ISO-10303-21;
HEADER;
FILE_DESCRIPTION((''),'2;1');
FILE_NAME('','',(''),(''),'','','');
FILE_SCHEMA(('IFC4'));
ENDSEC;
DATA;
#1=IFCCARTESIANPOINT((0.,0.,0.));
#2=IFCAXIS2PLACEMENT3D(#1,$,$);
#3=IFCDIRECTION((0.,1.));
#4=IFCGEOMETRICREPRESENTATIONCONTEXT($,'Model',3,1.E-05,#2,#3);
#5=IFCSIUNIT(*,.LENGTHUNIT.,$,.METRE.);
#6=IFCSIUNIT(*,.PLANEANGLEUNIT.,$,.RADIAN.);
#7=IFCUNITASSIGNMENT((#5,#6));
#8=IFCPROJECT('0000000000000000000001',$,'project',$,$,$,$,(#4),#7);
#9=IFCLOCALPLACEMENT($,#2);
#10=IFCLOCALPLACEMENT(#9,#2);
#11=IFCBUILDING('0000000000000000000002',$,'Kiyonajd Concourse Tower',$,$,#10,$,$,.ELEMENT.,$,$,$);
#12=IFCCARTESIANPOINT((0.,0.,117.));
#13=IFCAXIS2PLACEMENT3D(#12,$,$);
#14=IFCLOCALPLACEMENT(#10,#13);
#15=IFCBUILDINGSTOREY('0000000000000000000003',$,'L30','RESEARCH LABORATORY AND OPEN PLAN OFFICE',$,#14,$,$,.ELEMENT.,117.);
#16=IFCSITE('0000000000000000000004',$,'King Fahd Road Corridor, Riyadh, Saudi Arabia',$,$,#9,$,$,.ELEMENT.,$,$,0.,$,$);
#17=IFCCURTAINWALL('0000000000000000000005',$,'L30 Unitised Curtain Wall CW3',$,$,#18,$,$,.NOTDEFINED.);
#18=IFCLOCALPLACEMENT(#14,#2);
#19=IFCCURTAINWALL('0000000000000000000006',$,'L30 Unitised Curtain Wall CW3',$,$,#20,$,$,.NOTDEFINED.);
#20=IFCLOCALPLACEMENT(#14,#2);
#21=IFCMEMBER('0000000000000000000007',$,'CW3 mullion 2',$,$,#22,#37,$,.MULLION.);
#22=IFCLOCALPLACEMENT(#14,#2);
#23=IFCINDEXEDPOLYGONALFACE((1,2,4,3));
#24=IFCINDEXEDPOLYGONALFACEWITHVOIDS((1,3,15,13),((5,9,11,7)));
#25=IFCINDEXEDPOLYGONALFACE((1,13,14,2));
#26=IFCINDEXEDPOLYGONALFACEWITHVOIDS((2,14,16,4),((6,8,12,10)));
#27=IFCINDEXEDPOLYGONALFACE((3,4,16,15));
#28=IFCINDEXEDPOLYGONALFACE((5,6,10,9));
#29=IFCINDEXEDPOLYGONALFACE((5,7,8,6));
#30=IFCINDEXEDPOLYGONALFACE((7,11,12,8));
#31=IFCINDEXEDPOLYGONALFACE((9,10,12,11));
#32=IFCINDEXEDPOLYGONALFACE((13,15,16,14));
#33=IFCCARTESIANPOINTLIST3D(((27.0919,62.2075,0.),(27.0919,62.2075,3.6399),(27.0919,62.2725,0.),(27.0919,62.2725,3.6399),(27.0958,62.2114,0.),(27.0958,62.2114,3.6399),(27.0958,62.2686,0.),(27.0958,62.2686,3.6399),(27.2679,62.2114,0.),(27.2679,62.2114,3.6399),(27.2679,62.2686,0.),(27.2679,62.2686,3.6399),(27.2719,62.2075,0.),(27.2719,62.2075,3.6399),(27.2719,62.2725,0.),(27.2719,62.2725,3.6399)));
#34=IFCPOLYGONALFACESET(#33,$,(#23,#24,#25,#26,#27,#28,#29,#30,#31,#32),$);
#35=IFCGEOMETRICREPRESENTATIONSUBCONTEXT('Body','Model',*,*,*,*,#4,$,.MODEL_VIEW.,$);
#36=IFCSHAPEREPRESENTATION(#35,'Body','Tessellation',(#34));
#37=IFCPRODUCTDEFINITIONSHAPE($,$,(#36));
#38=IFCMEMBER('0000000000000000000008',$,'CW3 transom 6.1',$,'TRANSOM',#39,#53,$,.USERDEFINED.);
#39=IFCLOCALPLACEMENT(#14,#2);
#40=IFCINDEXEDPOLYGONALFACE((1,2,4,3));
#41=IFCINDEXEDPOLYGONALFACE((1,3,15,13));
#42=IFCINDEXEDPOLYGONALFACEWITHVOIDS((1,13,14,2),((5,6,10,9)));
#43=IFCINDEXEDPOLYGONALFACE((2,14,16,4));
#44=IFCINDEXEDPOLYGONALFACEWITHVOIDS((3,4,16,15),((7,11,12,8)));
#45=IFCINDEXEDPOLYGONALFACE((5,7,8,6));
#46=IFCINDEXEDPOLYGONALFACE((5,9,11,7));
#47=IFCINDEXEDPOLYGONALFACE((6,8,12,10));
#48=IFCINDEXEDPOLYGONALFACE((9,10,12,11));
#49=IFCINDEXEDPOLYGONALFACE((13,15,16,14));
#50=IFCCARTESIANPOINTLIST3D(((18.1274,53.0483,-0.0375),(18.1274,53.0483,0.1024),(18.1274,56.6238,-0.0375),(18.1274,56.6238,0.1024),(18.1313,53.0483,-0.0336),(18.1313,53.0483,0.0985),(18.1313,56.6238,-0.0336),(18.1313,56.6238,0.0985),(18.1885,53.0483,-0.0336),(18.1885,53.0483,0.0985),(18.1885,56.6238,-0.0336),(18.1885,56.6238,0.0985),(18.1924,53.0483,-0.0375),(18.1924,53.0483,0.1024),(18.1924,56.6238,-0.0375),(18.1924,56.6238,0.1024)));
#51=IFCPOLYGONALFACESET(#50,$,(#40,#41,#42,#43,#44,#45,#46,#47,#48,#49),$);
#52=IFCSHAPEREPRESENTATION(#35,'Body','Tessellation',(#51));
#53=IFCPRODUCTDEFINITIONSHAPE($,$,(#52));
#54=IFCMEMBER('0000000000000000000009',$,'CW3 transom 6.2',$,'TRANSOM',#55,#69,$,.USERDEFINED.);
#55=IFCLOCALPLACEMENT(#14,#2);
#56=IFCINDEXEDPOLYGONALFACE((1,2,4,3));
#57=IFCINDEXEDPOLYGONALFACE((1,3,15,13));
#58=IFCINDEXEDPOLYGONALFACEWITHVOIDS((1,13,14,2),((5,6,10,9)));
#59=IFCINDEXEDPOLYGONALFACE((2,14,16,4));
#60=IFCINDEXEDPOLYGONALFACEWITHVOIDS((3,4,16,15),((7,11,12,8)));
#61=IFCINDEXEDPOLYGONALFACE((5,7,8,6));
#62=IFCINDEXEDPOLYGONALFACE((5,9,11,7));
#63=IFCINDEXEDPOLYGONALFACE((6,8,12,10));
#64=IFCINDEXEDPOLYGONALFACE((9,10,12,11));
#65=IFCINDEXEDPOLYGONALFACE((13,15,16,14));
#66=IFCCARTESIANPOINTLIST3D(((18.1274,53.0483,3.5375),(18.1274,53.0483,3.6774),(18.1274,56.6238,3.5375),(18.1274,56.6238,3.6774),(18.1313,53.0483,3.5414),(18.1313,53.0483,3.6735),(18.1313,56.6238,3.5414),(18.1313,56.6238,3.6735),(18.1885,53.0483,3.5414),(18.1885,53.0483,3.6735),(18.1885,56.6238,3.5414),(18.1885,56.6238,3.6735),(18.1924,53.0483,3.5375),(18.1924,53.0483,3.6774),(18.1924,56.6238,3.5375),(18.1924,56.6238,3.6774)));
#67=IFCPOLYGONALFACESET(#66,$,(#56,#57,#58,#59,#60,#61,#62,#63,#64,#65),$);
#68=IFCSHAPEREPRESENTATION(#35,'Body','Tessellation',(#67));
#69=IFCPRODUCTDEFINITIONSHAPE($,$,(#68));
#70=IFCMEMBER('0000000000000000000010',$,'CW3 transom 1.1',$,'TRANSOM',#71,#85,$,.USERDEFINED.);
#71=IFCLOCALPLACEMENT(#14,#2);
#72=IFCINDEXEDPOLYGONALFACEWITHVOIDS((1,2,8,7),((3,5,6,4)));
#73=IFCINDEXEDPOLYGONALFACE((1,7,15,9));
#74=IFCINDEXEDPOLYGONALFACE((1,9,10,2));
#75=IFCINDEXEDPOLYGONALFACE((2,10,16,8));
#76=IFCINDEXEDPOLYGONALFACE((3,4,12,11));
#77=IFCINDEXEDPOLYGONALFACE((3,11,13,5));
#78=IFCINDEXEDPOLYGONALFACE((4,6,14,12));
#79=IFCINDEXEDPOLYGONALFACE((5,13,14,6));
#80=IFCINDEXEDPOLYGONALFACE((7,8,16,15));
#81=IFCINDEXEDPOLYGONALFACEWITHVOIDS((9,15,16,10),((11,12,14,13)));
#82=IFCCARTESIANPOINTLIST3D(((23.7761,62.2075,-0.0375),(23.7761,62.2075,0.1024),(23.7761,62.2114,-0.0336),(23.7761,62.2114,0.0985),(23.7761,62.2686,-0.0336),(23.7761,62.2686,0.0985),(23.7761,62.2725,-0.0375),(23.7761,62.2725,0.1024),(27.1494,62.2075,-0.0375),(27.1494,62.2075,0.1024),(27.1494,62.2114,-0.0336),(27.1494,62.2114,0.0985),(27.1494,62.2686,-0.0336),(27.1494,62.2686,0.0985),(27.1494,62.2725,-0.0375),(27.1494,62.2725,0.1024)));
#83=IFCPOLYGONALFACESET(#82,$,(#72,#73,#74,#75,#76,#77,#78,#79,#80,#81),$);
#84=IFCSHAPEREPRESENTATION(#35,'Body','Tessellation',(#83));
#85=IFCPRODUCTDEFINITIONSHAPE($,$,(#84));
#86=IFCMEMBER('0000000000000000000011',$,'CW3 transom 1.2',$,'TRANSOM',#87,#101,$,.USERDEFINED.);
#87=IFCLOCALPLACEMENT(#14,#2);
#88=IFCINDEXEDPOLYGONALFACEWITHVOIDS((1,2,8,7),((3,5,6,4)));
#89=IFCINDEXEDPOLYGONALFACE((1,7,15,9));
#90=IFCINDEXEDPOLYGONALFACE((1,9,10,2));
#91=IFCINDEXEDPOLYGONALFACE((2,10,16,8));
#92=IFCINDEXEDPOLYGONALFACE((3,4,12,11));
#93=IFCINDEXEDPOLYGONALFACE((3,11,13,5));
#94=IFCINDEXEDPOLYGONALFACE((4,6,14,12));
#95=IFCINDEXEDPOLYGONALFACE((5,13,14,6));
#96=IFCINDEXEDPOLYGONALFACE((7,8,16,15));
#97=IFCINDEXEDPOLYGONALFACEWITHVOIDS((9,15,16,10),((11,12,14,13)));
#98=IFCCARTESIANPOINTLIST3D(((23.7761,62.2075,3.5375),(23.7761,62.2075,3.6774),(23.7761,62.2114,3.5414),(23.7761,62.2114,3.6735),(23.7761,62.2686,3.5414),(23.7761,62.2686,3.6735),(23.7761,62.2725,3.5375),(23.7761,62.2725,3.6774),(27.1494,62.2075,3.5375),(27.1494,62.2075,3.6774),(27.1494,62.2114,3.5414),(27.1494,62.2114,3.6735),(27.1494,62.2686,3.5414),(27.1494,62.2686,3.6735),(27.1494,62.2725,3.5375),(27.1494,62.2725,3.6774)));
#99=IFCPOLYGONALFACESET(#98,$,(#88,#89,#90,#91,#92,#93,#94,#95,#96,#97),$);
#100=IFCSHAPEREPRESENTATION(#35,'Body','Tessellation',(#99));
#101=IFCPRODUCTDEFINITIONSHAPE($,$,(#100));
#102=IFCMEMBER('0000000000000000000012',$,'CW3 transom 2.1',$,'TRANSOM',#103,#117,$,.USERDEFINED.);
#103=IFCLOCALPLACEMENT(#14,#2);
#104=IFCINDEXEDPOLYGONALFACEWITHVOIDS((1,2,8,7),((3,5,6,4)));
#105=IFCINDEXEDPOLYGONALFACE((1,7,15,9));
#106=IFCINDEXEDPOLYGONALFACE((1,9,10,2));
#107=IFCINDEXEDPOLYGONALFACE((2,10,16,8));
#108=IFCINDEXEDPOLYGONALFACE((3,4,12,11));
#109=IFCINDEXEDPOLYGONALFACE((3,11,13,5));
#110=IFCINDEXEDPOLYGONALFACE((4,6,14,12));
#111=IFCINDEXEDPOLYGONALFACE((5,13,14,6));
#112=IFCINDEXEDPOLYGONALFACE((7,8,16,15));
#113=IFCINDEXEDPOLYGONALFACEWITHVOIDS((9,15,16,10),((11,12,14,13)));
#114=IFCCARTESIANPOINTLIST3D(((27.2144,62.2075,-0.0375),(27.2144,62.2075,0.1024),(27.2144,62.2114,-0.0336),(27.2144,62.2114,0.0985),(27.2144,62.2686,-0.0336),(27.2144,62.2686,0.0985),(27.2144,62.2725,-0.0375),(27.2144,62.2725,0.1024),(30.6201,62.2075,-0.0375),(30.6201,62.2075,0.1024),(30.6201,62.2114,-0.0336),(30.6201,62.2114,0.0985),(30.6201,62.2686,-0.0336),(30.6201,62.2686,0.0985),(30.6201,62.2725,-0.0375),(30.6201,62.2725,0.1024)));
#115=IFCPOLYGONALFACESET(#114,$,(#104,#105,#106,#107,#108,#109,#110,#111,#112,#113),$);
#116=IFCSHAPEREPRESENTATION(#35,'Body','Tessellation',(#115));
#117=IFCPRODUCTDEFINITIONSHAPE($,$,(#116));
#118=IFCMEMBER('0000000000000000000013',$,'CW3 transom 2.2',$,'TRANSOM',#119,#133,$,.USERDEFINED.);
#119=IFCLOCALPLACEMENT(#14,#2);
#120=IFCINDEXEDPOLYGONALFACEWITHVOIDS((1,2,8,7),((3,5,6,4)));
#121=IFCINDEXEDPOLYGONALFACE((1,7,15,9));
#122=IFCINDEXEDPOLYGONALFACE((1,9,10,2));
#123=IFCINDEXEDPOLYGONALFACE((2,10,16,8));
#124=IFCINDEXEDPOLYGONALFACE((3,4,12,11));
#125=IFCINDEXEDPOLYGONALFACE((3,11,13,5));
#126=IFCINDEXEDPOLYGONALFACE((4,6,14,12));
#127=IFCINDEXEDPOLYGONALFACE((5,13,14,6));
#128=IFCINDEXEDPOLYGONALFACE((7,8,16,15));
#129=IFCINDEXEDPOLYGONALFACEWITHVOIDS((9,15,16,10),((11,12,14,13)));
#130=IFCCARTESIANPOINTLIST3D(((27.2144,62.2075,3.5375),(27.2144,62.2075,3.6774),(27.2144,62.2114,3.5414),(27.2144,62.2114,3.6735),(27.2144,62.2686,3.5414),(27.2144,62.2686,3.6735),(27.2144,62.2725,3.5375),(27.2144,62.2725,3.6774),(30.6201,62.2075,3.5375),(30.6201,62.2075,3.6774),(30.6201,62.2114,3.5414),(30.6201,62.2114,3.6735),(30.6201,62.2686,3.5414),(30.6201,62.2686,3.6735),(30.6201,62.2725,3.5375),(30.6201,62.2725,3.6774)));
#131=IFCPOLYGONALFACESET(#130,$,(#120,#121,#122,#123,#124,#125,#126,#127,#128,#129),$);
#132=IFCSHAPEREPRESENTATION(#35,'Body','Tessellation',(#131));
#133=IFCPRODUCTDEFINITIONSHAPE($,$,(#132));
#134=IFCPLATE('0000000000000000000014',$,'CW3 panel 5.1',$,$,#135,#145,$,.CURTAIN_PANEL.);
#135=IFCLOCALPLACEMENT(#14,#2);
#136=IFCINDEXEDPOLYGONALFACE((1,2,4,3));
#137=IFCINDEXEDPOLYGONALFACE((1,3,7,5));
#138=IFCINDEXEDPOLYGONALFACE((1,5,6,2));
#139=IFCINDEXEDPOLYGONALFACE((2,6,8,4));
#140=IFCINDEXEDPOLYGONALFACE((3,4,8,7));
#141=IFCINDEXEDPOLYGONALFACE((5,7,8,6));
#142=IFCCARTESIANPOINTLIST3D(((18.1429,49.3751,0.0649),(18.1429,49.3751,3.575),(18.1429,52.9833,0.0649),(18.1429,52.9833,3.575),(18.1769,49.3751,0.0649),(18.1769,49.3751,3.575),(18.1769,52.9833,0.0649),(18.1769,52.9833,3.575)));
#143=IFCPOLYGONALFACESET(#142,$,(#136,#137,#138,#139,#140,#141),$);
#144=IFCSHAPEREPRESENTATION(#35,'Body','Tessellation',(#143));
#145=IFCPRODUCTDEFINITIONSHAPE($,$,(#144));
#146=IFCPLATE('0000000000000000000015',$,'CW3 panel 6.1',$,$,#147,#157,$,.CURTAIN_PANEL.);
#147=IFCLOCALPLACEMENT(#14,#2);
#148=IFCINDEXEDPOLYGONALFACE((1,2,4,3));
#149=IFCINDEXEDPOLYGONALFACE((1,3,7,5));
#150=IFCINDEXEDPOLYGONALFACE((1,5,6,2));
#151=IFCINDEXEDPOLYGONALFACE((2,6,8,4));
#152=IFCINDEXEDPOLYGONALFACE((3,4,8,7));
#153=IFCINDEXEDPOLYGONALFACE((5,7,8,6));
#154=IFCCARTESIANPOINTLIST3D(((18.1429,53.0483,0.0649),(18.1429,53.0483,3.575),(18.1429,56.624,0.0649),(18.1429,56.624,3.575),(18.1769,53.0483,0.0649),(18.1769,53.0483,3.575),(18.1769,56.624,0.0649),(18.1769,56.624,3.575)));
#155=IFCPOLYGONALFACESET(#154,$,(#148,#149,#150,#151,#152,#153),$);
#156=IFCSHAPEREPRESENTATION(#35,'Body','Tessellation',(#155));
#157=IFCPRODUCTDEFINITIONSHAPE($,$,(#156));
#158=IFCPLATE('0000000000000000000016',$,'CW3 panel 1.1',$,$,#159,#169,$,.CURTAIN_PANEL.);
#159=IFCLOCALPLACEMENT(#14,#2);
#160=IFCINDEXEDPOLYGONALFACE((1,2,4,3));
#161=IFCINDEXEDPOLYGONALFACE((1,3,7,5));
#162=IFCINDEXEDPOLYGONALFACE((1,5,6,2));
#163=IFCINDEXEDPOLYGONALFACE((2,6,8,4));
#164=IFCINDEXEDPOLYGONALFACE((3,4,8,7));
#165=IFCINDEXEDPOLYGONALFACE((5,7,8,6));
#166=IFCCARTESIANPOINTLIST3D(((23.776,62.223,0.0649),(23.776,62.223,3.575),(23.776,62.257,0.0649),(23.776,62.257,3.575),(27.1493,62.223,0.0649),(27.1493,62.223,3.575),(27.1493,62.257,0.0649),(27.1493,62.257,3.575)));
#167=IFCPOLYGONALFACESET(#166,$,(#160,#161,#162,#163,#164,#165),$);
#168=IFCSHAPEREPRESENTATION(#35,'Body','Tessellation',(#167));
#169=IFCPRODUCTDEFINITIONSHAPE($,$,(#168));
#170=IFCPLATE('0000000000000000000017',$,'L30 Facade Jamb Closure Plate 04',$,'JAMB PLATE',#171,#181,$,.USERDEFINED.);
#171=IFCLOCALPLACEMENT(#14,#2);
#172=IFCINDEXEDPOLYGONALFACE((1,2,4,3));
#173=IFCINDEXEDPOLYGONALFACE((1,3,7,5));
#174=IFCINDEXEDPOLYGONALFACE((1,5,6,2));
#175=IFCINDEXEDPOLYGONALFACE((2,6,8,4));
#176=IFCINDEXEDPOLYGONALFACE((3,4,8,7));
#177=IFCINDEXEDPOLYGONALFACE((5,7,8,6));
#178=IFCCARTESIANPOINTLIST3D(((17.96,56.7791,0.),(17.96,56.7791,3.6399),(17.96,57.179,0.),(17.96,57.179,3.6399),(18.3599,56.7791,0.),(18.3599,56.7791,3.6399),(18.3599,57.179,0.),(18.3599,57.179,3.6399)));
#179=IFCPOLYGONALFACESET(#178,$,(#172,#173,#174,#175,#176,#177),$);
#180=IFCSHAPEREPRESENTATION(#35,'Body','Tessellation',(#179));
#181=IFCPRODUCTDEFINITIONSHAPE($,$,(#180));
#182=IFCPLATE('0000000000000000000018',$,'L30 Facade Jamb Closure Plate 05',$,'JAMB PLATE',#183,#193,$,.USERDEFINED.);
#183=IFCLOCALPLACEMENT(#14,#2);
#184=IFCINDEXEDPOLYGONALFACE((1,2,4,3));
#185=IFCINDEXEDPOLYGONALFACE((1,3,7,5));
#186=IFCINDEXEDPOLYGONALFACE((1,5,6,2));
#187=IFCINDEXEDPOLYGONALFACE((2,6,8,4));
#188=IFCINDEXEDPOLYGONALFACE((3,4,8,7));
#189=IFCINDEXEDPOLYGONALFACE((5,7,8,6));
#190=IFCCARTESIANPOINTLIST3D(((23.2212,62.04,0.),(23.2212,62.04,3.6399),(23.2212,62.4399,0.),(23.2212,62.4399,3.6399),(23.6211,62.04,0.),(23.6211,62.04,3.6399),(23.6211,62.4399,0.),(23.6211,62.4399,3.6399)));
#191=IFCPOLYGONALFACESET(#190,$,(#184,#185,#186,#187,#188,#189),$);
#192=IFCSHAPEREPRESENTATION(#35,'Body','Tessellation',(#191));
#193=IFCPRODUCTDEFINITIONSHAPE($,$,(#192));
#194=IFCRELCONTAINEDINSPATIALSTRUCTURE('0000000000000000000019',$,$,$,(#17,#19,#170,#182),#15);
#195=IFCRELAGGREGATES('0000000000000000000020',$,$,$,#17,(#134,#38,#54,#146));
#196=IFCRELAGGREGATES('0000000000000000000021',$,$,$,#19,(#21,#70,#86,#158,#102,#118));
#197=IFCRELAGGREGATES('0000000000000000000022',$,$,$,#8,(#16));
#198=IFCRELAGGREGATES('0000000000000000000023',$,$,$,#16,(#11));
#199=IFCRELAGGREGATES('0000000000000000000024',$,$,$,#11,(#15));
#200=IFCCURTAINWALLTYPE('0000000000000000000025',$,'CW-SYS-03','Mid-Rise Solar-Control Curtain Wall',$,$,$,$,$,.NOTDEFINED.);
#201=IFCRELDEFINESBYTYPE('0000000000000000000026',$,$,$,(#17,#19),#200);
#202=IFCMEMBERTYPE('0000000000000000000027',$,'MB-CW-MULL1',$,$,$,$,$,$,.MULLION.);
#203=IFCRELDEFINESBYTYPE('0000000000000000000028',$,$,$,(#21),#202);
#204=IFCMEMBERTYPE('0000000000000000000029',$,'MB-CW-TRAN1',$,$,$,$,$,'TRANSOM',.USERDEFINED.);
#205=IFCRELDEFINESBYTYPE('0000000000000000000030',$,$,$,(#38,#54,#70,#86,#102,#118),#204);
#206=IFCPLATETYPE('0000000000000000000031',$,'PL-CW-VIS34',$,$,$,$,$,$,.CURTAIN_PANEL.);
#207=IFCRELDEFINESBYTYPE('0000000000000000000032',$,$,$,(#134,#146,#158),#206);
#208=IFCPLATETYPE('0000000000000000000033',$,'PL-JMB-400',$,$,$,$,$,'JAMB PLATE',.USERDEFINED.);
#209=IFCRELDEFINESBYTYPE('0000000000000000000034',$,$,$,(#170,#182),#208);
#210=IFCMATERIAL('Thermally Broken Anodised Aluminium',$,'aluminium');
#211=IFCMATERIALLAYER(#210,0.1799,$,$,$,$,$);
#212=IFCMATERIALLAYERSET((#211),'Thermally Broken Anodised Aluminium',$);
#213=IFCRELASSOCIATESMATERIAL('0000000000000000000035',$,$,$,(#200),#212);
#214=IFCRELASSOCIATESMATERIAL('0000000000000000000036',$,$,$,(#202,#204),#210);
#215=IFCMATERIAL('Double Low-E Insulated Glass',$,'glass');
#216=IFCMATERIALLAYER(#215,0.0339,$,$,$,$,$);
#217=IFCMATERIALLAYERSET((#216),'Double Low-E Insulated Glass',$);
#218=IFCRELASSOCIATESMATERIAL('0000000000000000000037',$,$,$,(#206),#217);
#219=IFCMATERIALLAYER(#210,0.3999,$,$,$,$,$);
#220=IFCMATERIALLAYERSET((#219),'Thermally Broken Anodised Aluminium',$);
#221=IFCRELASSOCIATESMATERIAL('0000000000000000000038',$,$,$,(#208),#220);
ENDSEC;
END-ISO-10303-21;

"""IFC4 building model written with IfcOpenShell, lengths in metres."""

from ifc_helpers import new_model, si_unit, direction, frame, origin, origin_2d, place, context, subcontext, project, spatial, rectangle, hollow_rectangle, extrude, material, layer, layer_set, material_profile, profile_set, type_object, element, aggregate, save


model = new_model("IFC4")

# Units and contexts
model_context = context("Model", 3, precision=1e-05, world=origin(), true_north=direction((0.0, 1.0)))
body_context = subcontext(model_context, "Body", "Model", "MODEL_VIEW")
ifc_project = project(units=[si_unit("LENGTHUNIT", "METRE"), si_unit("PLANEANGLEUNIT", "RADIAN")], contexts=[model_context])

# Site, building, storey
site_placement = place(None, origin())
site = spatial("IfcSite", under=ifc_project, at=site_placement, Name="King Fahd Road Corridor, Riyadh, Saudi Arabia", CompositionType="ELEMENT", RefElevation=0.0)
building_placement = place(site_placement, origin())
building = spatial("IfcBuilding", under=site, at=building_placement, Name="Kiyonajd Concourse Tower", CompositionType="ELEMENT")
storey_placement = place(building_placement, frame((0.0, 0.0, 117.0)))
storey = spatial("IfcBuildingStorey", under=building, at=storey_placement, Name="L30", Description="RESEARCH LABORATORY AND OPEN PLAN OFFICE", CompositionType="ELEMENT", Elevation=117.0)

# Curtain walls, member
ifc_material_1 = material(Name="Thermally Broken Anodised Aluminium", Category="aluminium")
ifc_layer_1 = layer(ifc_material_1, 0.1799)
ifc_layer_set_1 = layer_set([ifc_layer_1], Name="Thermally Broken Anodised Aluminium")
curtain_wall_type = type_object("IfcCurtainWallType", Name="CW-SYS-03", Description="Mid-Rise Solar-Control Curtain Wall", PredefinedType="NOTDEFINED", material=ifc_layer_set_1)
curtain_wall_1_placement = place(storey_placement, origin())
curtain_wall_1 = element("IfcCurtainWall", 1, at=curtain_wall_1_placement, inside=storey, type_object=curtain_wall_type, Name="L30 Unitised Curtain Wall CW3", PredefinedType="NOTDEFINED")
ifc_material_profile_1 = material_profile(ifc_material_1, hollow_rectangle(XDim=0.0649, YDim=0.1799, WallThickness=0.0039, at=origin_2d()), Name="MULL-65x180")
ifc_profile_set_1 = profile_set([ifc_material_profile_1], Name="Thermally Broken Anodised Aluminium")
member_type_1 = type_object("IfcMemberType", Name="MB-CW-MULL1", PredefinedType="MULLION", material=ifc_profile_set_1)
curtain_wall_2_placement = place(storey_placement, origin())
curtain_wall_2 = element("IfcCurtainWall", 2, at=curtain_wall_2_placement, inside=storey, type_object=curtain_wall_type, Name="L30 Unitised Curtain Wall CW3", PredefinedType="NOTDEFINED")
member_1_placement = place(storey_placement, frame((27.1819, 62.24, 0.0), z_axis=(0.0, 0.0, 1.0), x_axis=(0.0, 1.0, 0.0)))
member_1 = element("IfcMember", 3, at=member_1_placement, type_object=member_type_1, Name="CW3 mullion 2", PredefinedType="MULLION", context=body_context, shape_type="SweptSolid", body=[
    extrude(hollow_rectangle(XDim=0.0649, YDim=0.1799, WallThickness=0.0039, at=origin_2d()), origin(), (0.0, 0.0, 1.0), 3.6399),
])

# Members
ifc_material_profile_2 = material_profile(ifc_material_1, hollow_rectangle(XDim=0.0649, YDim=0.1399, WallThickness=0.0039, at=origin_2d()), Name="TRAN-65x140")
ifc_profile_set_2 = profile_set([ifc_material_profile_2], Name="Thermally Broken Anodised Aluminium")
member_type_2 = type_object("IfcMemberType", Name="MB-CW-TRAN1", ElementType="TRANSOM", PredefinedType="USERDEFINED", material=ifc_profile_set_2)
member_2_placement = place(storey_placement, frame((18.1599, 53.0483, 0.0325), z_axis=(0.0, 1.0, 0.0), x_axis=(-1.0, 0.0, 0.0)))
member_2 = element("IfcMember", 4, at=member_2_placement, type_object=member_type_2, Name="CW3 transom 6.1", ObjectType="TRANSOM", PredefinedType="USERDEFINED", context=body_context, shape_type="SweptSolid", body=[
    extrude(hollow_rectangle(XDim=0.0649, YDim=0.1399, WallThickness=0.0039, at=origin_2d()), origin(), (0.0, 0.0, 1.0), 3.5754),
])
member_3_placement = place(storey_placement, frame((18.1599, 53.0483, 3.6074), z_axis=(0.0, 1.0, 0.0), x_axis=(-1.0, 0.0, 0.0)))
member_3 = element("IfcMember", 5, at=member_3_placement, type_object=member_type_2, Name="CW3 transom 6.2", ObjectType="TRANSOM", PredefinedType="USERDEFINED", context=body_context, shape_type="SweptSolid", body=[
    extrude(hollow_rectangle(XDim=0.0649, YDim=0.1399, WallThickness=0.0039, at=origin_2d()), origin(), (0.0, 0.0, 1.0), 3.5754),
])
member_4_placement = place(storey_placement, frame((23.7761, 62.24, 0.0325), z_axis=(1.0, 0.0, 0.0), x_axis=(0.0, 1.0, 0.0)))
member_4 = element("IfcMember", 6, at=member_4_placement, type_object=member_type_2, Name="CW3 transom 1.1", ObjectType="TRANSOM", PredefinedType="USERDEFINED", context=body_context, shape_type="SweptSolid", body=[
    extrude(hollow_rectangle(XDim=0.0649, YDim=0.1399, WallThickness=0.0039, at=origin_2d()), origin(), (0.0, 0.0, 1.0), 3.3733),
])
member_5_placement = place(storey_placement, frame((23.7761, 62.24, 3.6074), z_axis=(1.0, 0.0, 0.0), x_axis=(0.0, 1.0, 0.0)))
member_5 = element("IfcMember", 7, at=member_5_placement, type_object=member_type_2, Name="CW3 transom 1.2", ObjectType="TRANSOM", PredefinedType="USERDEFINED", context=body_context, shape_type="SweptSolid", body=[
    extrude(hollow_rectangle(XDim=0.0649, YDim=0.1399, WallThickness=0.0039, at=origin_2d()), origin(), (0.0, 0.0, 1.0), 3.3733),
])
member_6_placement = place(storey_placement, frame((27.2144, 62.24, 0.0325), z_axis=(1.0, 0.0, 0.0), x_axis=(0.0, 1.0, 0.0)))
member_6 = element("IfcMember", 8, at=member_6_placement, type_object=member_type_2, Name="CW3 transom 2.1", ObjectType="TRANSOM", PredefinedType="USERDEFINED", context=body_context, shape_type="SweptSolid", body=[
    extrude(hollow_rectangle(XDim=0.0649, YDim=0.1399, WallThickness=0.0039, at=origin_2d()), origin(), (0.0, 0.0, 1.0), 3.4058),
])
member_7_placement = place(storey_placement, frame((27.2144, 62.24, 3.6074), z_axis=(1.0, 0.0, 0.0), x_axis=(0.0, 1.0, 0.0)))
member_7 = element("IfcMember", 9, at=member_7_placement, type_object=member_type_2, Name="CW3 transom 2.2", ObjectType="TRANSOM", PredefinedType="USERDEFINED", context=body_context, shape_type="SweptSolid", body=[
    extrude(hollow_rectangle(XDim=0.0649, YDim=0.1399, WallThickness=0.0039, at=origin_2d()), origin(), (0.0, 0.0, 1.0), 3.4058),
])

# Plates
ifc_material_2 = material(Name="Double Low-E Insulated Glass", Category="glass")
ifc_layer_2 = layer(ifc_material_2, 0.0339)
ifc_layer_set_2 = layer_set([ifc_layer_2], Name="Double Low-E Insulated Glass")
plate_type_1 = type_object("IfcPlateType", Name="PL-CW-VIS34", PredefinedType="CURTAIN_PANEL", material=ifc_layer_set_2)
plate_1_placement = place(storey_placement, frame((18.1599, 51.1792, 0.0649), z_axis=(0.0, 0.0, 1.0), x_axis=(0.0, 1.0, 0.0)))
plate_1 = element("IfcPlate", 10, at=plate_1_placement, type_object=plate_type_1, Name="CW3 panel 5.1", PredefinedType="CURTAIN_PANEL", context=body_context, shape_type="SweptSolid", body=[
    extrude(rectangle(XDim=3.6082, YDim=0.0339, at=origin_2d()), origin(), (0.0, 0.0, 1.0), 3.51),
])
plate_2_placement = place(storey_placement, frame((18.1599, 54.8362, 0.0649), z_axis=(0.0, 0.0, 1.0), x_axis=(0.0, 1.0, 0.0)))
plate_2 = element("IfcPlate", 11, at=plate_2_placement, type_object=plate_type_1, Name="CW3 panel 6.1", PredefinedType="CURTAIN_PANEL", context=body_context, shape_type="SweptSolid", body=[
    extrude(rectangle(XDim=3.5757, YDim=0.0339, at=origin_2d()), origin(), (0.0, 0.0, 1.0), 3.51),
])
aggregate(curtain_wall_1, [plate_1, member_2, member_3, plate_2])
plate_3_placement = place(storey_placement, frame((25.4626, 62.24, 0.0649), z_axis=(0.0, 0.0, 1.0), x_axis=(1.0, 0.0, 0.0)))
plate_3 = element("IfcPlate", 12, at=plate_3_placement, type_object=plate_type_1, Name="CW3 panel 1.1", PredefinedType="CURTAIN_PANEL", context=body_context, shape_type="SweptSolid", body=[
    extrude(rectangle(XDim=3.3733, YDim=0.0339, at=origin_2d()), origin(), (0.0, 0.0, 1.0), 3.51),
])
aggregate(curtain_wall_2, [member_1, member_4, member_5, plate_3, member_6, member_7])

# Plates
ifc_layer_3 = layer(ifc_material_1, 0.3999)
ifc_layer_set_3 = layer_set([ifc_layer_3], Name="Thermally Broken Anodised Aluminium")
plate_type_2 = type_object("IfcPlateType", Name="PL-JMB-400", ElementType="JAMB PLATE", PredefinedType="USERDEFINED", material=ifc_layer_set_3)
for number, where, z_axis, x_axis, name in (
    (13, (18.1599, 56.979, 0.0), (0.0, 0.0, 1.0), (1.0, 0.0, 0.0), "L30 Facade Jamb Closure Plate 04"),
    (14, (23.4211, 62.24, 0.0), (0.0, 0.0, 1.0), (1.0, 0.0, 0.0), "L30 Facade Jamb Closure Plate 05"),
):
    element("IfcPlate", number, at=place(storey_placement, frame(where, z_axis=z_axis, x_axis=x_axis)), inside=storey, type_object=plate_type_2, Name=name, ObjectType="JAMB PLATE", PredefinedType="USERDEFINED", context=body_context, shape_type="SweptSolid", body=[
        extrude(rectangle(XDim=0.3999, YDim=0.3999, at=origin_2d()), origin(), (0.0, 0.0, 1.0), 3.6399),
    ])

save(model, "model.ifc")
